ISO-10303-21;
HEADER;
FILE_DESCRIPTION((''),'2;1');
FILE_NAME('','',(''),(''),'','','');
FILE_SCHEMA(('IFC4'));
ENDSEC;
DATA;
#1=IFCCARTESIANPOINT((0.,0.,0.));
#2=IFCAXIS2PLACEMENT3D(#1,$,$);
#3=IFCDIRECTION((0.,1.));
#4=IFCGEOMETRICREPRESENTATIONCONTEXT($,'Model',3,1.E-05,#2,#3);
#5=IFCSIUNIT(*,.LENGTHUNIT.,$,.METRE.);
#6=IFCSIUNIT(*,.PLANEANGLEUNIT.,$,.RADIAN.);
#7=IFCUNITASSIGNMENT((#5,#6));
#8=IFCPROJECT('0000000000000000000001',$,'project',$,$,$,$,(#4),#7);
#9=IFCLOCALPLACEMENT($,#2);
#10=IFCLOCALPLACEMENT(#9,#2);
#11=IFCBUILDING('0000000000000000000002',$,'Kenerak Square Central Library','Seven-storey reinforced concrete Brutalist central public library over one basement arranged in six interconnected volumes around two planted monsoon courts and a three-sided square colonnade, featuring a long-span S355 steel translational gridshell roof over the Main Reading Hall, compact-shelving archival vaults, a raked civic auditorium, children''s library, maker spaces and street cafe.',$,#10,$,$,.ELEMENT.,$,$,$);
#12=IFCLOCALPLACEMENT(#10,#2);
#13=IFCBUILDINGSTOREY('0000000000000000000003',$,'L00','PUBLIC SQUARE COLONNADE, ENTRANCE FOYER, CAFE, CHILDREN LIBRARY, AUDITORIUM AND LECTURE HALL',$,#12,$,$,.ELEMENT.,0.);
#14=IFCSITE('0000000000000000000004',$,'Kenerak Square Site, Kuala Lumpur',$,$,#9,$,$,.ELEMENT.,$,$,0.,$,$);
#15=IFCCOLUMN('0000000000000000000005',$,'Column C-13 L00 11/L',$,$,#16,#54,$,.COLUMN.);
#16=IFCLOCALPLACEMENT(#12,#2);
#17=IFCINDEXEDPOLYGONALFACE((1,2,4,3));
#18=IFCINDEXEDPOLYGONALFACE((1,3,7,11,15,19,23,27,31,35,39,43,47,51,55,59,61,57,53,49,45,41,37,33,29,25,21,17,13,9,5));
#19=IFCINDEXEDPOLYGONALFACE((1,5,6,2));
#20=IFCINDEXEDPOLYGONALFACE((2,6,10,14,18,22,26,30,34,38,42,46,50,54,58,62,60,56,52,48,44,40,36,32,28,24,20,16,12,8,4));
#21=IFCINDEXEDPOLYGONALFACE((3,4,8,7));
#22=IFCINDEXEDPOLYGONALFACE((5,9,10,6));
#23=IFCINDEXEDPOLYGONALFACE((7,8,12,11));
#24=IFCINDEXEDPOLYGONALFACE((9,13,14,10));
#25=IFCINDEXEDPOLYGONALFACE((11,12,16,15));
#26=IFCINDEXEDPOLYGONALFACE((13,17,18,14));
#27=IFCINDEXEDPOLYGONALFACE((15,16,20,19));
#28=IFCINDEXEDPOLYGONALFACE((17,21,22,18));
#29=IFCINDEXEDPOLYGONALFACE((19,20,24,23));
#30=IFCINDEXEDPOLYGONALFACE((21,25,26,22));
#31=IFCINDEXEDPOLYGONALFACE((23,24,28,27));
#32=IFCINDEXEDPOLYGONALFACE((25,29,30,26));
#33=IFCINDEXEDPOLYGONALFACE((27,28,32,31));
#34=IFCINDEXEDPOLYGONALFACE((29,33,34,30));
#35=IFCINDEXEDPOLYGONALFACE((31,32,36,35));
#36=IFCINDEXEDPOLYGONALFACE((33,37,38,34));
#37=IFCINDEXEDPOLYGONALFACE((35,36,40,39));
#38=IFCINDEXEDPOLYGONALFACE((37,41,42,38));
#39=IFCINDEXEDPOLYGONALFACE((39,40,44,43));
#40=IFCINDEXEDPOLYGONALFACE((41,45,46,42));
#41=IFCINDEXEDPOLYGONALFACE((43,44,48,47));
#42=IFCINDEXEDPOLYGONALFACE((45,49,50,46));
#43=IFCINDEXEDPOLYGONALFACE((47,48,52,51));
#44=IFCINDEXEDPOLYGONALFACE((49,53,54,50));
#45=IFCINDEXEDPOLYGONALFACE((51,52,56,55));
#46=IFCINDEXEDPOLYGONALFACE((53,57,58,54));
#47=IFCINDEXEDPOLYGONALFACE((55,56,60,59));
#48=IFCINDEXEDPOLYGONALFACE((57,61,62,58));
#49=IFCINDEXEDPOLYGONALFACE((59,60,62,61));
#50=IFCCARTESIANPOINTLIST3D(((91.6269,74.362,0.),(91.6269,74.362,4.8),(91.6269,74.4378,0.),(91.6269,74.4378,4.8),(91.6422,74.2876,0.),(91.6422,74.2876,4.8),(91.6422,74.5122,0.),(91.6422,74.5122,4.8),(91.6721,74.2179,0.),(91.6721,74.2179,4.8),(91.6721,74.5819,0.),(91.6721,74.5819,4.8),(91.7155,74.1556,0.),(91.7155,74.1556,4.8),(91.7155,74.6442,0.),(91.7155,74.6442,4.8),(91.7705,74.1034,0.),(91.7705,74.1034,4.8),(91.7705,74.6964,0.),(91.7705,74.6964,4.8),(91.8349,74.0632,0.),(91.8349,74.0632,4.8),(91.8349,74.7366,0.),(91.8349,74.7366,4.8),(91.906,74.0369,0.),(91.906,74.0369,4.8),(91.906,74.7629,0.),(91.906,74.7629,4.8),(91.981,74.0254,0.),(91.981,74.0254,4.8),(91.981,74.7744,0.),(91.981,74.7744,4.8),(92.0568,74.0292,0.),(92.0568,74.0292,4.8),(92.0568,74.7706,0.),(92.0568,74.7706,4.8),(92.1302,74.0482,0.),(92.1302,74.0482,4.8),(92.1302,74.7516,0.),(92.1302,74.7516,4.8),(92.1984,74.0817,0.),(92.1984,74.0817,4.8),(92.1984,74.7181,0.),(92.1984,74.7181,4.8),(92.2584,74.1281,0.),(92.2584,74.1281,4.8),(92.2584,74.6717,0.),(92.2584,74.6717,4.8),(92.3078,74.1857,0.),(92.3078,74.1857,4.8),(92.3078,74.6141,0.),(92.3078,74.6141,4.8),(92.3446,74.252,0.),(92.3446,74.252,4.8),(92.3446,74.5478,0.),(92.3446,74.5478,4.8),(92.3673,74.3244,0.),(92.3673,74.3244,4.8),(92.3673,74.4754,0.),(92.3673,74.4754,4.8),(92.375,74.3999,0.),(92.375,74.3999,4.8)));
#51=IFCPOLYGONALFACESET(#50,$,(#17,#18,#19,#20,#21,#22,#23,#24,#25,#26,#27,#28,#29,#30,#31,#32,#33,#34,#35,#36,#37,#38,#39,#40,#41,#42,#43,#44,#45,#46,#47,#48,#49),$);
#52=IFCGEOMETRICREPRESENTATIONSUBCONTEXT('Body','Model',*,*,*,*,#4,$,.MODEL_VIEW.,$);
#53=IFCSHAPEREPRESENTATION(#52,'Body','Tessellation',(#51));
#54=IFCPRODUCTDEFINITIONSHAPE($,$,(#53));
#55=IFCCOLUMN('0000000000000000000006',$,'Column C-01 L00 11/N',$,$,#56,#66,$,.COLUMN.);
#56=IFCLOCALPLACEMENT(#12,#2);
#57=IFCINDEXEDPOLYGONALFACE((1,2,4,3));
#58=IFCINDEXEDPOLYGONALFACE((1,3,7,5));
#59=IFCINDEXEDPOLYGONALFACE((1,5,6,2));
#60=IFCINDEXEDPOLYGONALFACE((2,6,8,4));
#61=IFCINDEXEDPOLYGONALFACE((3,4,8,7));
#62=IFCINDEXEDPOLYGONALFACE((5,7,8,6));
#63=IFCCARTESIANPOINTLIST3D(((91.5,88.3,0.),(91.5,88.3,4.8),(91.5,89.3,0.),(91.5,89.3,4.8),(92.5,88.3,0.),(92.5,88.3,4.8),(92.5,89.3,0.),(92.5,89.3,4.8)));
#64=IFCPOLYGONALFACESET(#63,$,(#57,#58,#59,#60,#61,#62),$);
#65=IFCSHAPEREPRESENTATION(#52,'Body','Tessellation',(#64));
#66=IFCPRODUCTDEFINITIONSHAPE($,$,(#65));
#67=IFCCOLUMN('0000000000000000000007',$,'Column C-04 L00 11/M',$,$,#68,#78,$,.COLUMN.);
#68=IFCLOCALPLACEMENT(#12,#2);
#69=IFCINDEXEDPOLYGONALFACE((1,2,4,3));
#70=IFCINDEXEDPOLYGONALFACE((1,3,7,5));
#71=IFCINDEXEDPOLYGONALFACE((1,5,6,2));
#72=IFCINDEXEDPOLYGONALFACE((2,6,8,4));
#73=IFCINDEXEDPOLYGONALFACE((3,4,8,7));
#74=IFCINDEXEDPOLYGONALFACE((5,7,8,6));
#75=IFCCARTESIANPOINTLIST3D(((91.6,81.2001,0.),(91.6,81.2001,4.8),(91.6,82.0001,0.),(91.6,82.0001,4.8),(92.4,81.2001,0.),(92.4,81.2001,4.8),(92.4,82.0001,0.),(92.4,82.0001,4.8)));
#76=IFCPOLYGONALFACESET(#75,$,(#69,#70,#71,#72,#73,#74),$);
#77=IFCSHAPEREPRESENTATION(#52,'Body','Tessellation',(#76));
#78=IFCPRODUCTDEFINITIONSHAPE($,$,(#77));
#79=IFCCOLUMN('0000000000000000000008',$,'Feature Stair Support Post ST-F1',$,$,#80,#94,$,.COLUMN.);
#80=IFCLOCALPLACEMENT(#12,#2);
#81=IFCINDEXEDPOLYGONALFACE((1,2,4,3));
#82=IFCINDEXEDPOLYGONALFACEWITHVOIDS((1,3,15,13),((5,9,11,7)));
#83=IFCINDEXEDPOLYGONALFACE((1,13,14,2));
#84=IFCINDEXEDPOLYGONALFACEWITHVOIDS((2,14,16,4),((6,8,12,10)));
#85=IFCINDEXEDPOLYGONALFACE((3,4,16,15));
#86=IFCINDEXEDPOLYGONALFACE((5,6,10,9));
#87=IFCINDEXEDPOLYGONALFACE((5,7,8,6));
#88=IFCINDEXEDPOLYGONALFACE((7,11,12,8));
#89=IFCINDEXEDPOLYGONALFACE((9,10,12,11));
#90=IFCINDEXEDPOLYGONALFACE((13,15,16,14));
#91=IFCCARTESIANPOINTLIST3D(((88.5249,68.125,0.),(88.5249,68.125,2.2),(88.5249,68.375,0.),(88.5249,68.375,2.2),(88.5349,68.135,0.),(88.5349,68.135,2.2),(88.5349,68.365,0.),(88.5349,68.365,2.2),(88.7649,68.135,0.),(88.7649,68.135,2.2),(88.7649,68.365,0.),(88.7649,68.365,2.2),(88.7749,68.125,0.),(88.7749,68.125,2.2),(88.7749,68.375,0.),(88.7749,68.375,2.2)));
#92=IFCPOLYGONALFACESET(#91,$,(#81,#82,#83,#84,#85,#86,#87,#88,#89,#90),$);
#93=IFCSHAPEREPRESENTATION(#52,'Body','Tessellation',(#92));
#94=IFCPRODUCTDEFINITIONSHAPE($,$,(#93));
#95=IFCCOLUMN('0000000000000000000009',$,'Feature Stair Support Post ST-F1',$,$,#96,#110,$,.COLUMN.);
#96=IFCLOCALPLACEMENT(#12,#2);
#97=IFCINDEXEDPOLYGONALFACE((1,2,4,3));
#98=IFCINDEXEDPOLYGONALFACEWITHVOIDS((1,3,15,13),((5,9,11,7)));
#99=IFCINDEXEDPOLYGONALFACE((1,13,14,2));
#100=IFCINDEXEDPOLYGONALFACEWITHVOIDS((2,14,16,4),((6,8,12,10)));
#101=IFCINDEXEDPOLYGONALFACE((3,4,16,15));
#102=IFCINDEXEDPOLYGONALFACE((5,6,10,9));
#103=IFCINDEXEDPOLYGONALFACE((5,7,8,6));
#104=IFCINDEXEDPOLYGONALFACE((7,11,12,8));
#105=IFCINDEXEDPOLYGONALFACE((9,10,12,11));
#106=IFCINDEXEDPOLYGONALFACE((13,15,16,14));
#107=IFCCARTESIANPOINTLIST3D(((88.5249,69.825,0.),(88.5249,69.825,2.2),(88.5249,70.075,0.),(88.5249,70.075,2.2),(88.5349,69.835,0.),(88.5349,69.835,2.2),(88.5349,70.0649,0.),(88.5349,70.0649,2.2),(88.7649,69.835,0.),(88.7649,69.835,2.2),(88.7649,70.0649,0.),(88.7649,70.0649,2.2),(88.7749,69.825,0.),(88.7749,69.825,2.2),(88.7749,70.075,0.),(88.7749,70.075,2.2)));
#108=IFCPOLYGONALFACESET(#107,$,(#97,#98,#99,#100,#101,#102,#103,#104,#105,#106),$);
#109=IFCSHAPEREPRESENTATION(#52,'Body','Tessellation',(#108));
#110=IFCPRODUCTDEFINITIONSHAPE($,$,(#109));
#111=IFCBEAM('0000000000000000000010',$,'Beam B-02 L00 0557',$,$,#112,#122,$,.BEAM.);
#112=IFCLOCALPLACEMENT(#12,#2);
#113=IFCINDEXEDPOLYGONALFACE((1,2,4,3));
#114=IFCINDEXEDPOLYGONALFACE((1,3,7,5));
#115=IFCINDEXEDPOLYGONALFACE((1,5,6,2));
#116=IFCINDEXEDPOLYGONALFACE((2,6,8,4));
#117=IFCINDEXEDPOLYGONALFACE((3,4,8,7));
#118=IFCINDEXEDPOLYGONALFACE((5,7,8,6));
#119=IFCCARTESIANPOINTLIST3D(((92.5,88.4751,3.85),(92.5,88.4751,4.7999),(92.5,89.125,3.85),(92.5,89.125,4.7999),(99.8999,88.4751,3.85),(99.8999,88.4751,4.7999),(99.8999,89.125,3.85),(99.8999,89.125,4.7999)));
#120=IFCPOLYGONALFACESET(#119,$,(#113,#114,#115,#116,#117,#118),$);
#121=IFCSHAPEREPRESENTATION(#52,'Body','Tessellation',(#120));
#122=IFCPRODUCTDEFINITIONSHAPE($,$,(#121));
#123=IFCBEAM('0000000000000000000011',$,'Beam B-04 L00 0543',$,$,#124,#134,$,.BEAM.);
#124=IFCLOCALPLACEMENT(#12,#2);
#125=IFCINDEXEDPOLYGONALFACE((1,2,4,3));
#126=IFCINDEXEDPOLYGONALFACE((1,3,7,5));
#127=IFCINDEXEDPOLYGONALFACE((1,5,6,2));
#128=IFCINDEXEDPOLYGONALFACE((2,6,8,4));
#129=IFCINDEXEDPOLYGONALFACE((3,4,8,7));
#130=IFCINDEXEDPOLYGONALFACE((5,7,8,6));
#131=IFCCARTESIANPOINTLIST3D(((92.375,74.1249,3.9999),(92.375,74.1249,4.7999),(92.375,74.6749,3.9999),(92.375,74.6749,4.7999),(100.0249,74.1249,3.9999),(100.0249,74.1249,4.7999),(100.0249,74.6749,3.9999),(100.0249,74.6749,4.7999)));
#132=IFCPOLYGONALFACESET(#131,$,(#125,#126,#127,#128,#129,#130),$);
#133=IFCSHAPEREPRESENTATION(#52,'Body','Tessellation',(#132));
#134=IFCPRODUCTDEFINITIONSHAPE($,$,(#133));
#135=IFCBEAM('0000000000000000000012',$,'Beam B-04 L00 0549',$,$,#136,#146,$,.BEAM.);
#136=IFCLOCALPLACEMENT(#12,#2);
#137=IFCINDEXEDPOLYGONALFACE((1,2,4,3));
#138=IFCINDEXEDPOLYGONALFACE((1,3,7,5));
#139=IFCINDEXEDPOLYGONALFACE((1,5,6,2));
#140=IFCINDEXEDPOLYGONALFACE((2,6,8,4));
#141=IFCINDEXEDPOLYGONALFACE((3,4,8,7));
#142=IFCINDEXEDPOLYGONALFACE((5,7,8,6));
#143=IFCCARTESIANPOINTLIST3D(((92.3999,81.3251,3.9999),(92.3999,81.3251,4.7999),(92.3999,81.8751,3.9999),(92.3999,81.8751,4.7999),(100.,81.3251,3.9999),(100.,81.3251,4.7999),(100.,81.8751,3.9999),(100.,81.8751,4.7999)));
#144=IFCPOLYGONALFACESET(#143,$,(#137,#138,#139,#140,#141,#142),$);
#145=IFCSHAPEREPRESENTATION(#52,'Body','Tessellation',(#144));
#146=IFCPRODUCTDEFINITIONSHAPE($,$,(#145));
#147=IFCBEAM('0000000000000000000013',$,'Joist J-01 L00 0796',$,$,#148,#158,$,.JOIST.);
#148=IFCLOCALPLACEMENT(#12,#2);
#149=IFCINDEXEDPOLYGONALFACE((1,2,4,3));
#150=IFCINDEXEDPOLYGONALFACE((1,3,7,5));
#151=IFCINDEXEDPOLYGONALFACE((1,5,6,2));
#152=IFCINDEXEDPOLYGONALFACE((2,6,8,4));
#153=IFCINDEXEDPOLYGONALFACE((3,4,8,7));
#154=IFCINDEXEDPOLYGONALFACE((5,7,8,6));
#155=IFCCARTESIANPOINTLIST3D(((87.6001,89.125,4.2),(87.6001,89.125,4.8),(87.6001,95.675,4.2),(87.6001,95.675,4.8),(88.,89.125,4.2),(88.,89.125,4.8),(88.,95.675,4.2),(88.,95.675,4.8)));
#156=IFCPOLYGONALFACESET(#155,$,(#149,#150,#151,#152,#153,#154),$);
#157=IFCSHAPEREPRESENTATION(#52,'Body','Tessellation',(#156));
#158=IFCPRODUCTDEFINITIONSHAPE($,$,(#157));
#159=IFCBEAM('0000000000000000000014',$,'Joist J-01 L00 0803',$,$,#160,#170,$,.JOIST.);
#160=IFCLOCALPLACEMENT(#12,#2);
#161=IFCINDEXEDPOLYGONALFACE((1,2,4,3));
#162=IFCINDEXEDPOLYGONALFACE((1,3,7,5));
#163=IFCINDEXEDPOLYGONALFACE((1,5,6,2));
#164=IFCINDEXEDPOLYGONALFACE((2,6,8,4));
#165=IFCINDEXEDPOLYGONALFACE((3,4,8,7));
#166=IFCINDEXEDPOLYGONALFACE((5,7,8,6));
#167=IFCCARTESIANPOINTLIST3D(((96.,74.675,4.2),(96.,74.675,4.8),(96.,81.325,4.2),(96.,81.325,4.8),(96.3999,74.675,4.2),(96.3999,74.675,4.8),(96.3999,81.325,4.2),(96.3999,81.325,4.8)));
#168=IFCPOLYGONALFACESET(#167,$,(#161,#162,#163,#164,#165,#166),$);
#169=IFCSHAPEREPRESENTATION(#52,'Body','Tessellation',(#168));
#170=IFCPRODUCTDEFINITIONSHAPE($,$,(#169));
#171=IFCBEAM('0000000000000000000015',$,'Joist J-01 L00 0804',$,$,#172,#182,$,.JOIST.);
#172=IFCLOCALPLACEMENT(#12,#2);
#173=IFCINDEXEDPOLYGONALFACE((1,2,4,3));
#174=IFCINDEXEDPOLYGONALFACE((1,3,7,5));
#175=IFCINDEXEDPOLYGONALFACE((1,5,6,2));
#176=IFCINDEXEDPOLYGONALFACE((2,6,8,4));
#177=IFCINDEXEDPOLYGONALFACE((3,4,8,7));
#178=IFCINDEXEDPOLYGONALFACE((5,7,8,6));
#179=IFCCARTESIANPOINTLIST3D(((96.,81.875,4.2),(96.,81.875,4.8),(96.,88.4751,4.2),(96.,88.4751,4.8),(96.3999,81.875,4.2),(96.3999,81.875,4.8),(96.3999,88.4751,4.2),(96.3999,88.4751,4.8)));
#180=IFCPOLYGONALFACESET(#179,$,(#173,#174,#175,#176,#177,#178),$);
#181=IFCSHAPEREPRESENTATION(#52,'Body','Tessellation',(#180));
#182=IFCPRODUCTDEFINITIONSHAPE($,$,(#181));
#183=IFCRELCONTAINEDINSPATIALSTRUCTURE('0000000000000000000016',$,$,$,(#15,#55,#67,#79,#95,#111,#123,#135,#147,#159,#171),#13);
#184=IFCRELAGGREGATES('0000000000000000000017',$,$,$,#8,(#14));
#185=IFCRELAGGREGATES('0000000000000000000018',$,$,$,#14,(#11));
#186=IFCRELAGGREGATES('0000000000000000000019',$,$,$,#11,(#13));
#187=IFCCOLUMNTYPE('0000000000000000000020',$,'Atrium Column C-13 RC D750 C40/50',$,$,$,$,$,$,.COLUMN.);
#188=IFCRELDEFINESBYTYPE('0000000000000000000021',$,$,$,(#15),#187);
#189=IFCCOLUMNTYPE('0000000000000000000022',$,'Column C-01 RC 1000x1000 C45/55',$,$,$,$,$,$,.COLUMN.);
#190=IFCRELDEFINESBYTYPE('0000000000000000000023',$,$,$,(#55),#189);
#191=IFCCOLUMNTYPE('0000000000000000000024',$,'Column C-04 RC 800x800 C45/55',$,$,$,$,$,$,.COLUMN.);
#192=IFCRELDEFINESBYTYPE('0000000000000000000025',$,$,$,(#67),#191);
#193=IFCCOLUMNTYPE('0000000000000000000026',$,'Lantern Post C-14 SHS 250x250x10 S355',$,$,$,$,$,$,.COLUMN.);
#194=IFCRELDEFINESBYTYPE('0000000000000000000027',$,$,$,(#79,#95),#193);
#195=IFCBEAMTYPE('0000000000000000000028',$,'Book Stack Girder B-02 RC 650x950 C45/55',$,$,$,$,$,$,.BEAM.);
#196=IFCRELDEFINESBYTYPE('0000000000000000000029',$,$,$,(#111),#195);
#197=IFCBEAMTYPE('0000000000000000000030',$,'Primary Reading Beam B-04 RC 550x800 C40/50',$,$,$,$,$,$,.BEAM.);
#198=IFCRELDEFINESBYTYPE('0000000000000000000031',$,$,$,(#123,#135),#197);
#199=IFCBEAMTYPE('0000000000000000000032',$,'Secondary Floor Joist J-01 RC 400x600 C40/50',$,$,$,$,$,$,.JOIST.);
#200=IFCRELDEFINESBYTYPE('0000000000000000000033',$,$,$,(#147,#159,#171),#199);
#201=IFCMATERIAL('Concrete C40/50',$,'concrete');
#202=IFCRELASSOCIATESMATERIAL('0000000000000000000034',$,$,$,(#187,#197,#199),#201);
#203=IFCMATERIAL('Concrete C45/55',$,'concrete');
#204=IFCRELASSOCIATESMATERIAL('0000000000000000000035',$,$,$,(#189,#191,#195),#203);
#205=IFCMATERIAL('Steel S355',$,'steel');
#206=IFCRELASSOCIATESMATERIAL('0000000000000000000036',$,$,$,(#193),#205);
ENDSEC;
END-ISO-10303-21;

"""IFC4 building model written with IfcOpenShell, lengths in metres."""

from ifc_helpers import new_model, si_unit, direction, frame, origin, origin_2d, place, context, subcontext, project, spatial, rectangle, hollow_rectangle, circle, extrude, material, material_profile, profile_set, type_object, element, save


model = new_model("IFC4")

# Units and contexts
model_context = context("Model", 3, precision=1e-05, world=origin(), true_north=direction((0.0, 1.0)))
body_context = subcontext(model_context, "Body", "Model", "MODEL_VIEW")
ifc_project = project(units=[si_unit("LENGTHUNIT", "METRE"), si_unit("PLANEANGLEUNIT", "RADIAN")], contexts=[model_context])

# Site, building, storey
site_placement = place(None, origin())
site = spatial("IfcSite", under=ifc_project, at=site_placement, Name="Kenerak Square Site, Kuala Lumpur", CompositionType="ELEMENT", RefElevation=0.0)
building_placement = place(site_placement, origin())
building = spatial("IfcBuilding", under=site, at=building_placement, Name="Kenerak Square Central Library", Description="Seven-storey reinforced concrete Brutalist central public library over one basement arranged in six interconnected volumes around two planted monsoon courts and a three-sided square colonnade, featuring a long-span S355 steel translational gridshell roof over the Main Reading Hall, compact-shelving archival vaults, a raked civic auditorium, children's library, maker spaces and street cafe.", CompositionType="ELEMENT")
storey_placement = place(building_placement, origin())
storey = spatial("IfcBuildingStorey", under=building, at=storey_placement, Name="L00", Description="PUBLIC SQUARE COLONNADE, ENTRANCE FOYER, CAFE, CHILDREN LIBRARY, AUDITORIUM AND LECTURE HALL", CompositionType="ELEMENT", Elevation=0.0)

# Columns
ifc_material_1 = material(Name="Concrete C40/50", Category="concrete")
ifc_material_profile_1 = material_profile(ifc_material_1, circle(Radius=0.375, at=origin_2d()), Name="RC D750")
ifc_profile_set_1 = profile_set([ifc_material_profile_1], Name="Concrete C40/50")
column_type_1 = type_object("IfcColumnType", Name="Atrium Column C-13 RC D750 C40/50", PredefinedType="COLUMN", material=ifc_profile_set_1)
column_1_placement = place(storey_placement, frame((92.0, 74.3999, 0.0), z_axis=(0.0, 0.0, 1.0), x_axis=(1.0, 0.0, 0.0)))
element("IfcColumn", 1, at=column_1_placement, inside=storey, type_object=column_type_1, Name="Column C-13 L00 11/L", PredefinedType="COLUMN", context=body_context, shape_type="SweptSolid", body=[
    extrude(circle(Radius=0.375, at=origin_2d()), origin(), (0.0, 0.0, 1.0), 4.8),
])
ifc_material_2 = material(Name="Concrete C45/55", Category="concrete")
ifc_material_profile_2 = material_profile(ifc_material_2, rectangle(XDim=1.0, YDim=1.0, at=origin_2d()), Name="RC 1000x1000")
ifc_profile_set_2 = profile_set([ifc_material_profile_2], Name="Concrete C45/55")
column_type_2 = type_object("IfcColumnType", Name="Column C-01 RC 1000x1000 C45/55", PredefinedType="COLUMN", material=ifc_profile_set_2)
column_2_placement = place(storey_placement, frame((92.0, 88.8, 0.0), z_axis=(0.0, 0.0, 1.0), x_axis=(1.0, 0.0, 0.0)))
element("IfcColumn", 2, at=column_2_placement, inside=storey, type_object=column_type_2, Name="Column C-01 L00 11/N", PredefinedType="COLUMN", context=body_context, shape_type="SweptSolid", body=[
    extrude(rectangle(XDim=1.0, YDim=1.0, at=origin_2d()), origin(), (0.0, 0.0, 1.0), 4.8),
])
ifc_material_profile_3 = material_profile(ifc_material_2, rectangle(XDim=0.8, YDim=0.8, at=origin_2d()), Name="RC 800x800")
ifc_profile_set_3 = profile_set([ifc_material_profile_3], Name="Concrete C45/55")
column_type_3 = type_object("IfcColumnType", Name="Column C-04 RC 800x800 C45/55", PredefinedType="COLUMN", material=ifc_profile_set_3)
column_3_placement = place(storey_placement, frame((92.0, 81.6001, 0.0), z_axis=(0.0, 0.0, 1.0), x_axis=(1.0, 0.0, 0.0)))
element("IfcColumn", 3, at=column_3_placement, inside=storey, type_object=column_type_3, Name="Column C-04 L00 11/M", PredefinedType="COLUMN", context=body_context, shape_type="SweptSolid", body=[
    extrude(rectangle(XDim=0.8, YDim=0.8, at=origin_2d()), origin(), (0.0, 0.0, 1.0), 4.8),
])
ifc_material_3 = material(Name="Steel S355", Category="steel")
ifc_material_profile_4 = material_profile(ifc_material_3, hollow_rectangle(XDim=0.25, YDim=0.25, WallThickness=0.01, at=origin_2d()), Name="SHS 250x250x10.0")
ifc_profile_set_4 = profile_set([ifc_material_profile_4], Name="Steel S355")
column_type_4 = type_object("IfcColumnType", Name="Lantern Post C-14 SHS 250x250x10 S355", PredefinedType="COLUMN", material=ifc_profile_set_4)
for number, where, z_axis, x_axis, name in (
    (4, (88.6499, 68.25, 0.0), (0.0, 0.0, 1.0), (1.0, 0.0, 0.0), "Feature Stair Support Post ST-F1"),
    (5, (88.6499, 69.95, 0.0), (0.0, 0.0, 1.0), (1.0, 0.0, 0.0), "Feature Stair Support Post ST-F1"),
):
    element("IfcColumn", number, at=place(storey_placement, frame(where, z_axis=z_axis, x_axis=x_axis)), inside=storey, type_object=column_type_4, Name=name, PredefinedType="COLUMN", context=body_context, shape_type="SweptSolid", body=[
        extrude(hollow_rectangle(XDim=0.25, YDim=0.25, WallThickness=0.01, at=origin_2d()), origin(), (0.0, 0.0, 1.0), 2.2),
    ])

# Beams
ifc_material_profile_5 = material_profile(ifc_material_2, rectangle(XDim=0.6499, YDim=0.95, at=origin_2d()), Name="RC 650x950")
ifc_profile_set_5 = profile_set([ifc_material_profile_5], Name="Concrete C45/55")
beam_type_1 = type_object("IfcBeamType", Name="Book Stack Girder B-02 RC 650x950 C45/55", PredefinedType="BEAM", material=ifc_profile_set_5)
beam_1_placement = place(storey_placement, frame((92.5, 88.8, 4.325), z_axis=(1.0, 0.0, 0.0), x_axis=(0.0, 1.0, 0.0)))
element("IfcBeam", 6, at=beam_1_placement, inside=storey, type_object=beam_type_1, Name="Beam B-02 L00 0557", PredefinedType="BEAM", context=body_context, shape_type="SweptSolid", body=[
    extrude(rectangle(XDim=0.6499, YDim=0.95, at=origin_2d()), origin(), (0.0, 0.0, 1.0), 7.3999),
])
ifc_material_profile_6 = material_profile(ifc_material_1, rectangle(XDim=0.55, YDim=0.8, at=origin_2d()), Name="RC 550x800")
ifc_profile_set_6 = profile_set([ifc_material_profile_6], Name="Concrete C40/50")
beam_type_2 = type_object("IfcBeamType", Name="Primary Reading Beam B-04 RC 550x800 C40/50", PredefinedType="BEAM", material=ifc_profile_set_6)
beam_2_placement = place(storey_placement, frame((92.375, 74.3999, 4.3999), z_axis=(1.0, 0.0, 0.0), x_axis=(0.0, 1.0, 0.0)))
element("IfcBeam", 7, at=beam_2_placement, inside=storey, type_object=beam_type_2, Name="Beam B-04 L00 0543", PredefinedType="BEAM", context=body_context, shape_type="SweptSolid", body=[
    extrude(rectangle(XDim=0.55, YDim=0.8, at=origin_2d()), origin(), (0.0, 0.0, 1.0), 7.6499),
])
beam_3_placement = place(storey_placement, frame((92.3999, 81.6001, 4.3999), z_axis=(1.0, 0.0, 0.0), x_axis=(0.0, 1.0, 0.0)))
element("IfcBeam", 8, at=beam_3_placement, inside=storey, type_object=beam_type_2, Name="Beam B-04 L00 0549", PredefinedType="BEAM", context=body_context, shape_type="SweptSolid", body=[
    extrude(rectangle(XDim=0.55, YDim=0.8, at=origin_2d()), origin(), (0.0, 0.0, 1.0), 7.6001),
])
ifc_material_profile_7 = material_profile(ifc_material_1, rectangle(XDim=0.3999, YDim=0.6001, at=origin_2d()), Name="RC 400x600")
ifc_profile_set_7 = profile_set([ifc_material_profile_7], Name="Concrete C40/50")
beam_type_3 = type_object("IfcBeamType", Name="Secondary Floor Joist J-01 RC 400x600 C40/50", PredefinedType="JOIST", material=ifc_profile_set_7)
beam_4_placement = place(storey_placement, frame((87.8, 89.125, 4.5), z_axis=(0.0, 1.0, 0.0), x_axis=(-1.0, 0.0, 0.0)))
element("IfcBeam", 9, at=beam_4_placement, inside=storey, type_object=beam_type_3, Name="Joist J-01 L00 0796", PredefinedType="JOIST", context=body_context, shape_type="SweptSolid", body=[
    extrude(rectangle(XDim=0.3999, YDim=0.6001, at=origin_2d()), origin(), (0.0, 0.0, 1.0), 6.55),
])
beam_5_placement = place(storey_placement, frame((96.2, 74.675, 4.5), z_axis=(0.0, 1.0, 0.0), x_axis=(-1.0, 0.0, 0.0)))
element("IfcBeam", 10, at=beam_5_placement, inside=storey, type_object=beam_type_3, Name="Joist J-01 L00 0803", PredefinedType="JOIST", context=body_context, shape_type="SweptSolid", body=[
    extrude(rectangle(XDim=0.3999, YDim=0.6001, at=origin_2d()), origin(), (0.0, 0.0, 1.0), 6.6499),
])
beam_6_placement = place(storey_placement, frame((96.2, 81.875, 4.5), z_axis=(0.0, 1.0, 0.0), x_axis=(-1.0, 0.0, 0.0)))
element("IfcBeam", 11, at=beam_6_placement, inside=storey, type_object=beam_type_3, Name="Joist J-01 L00 0804", PredefinedType="JOIST", context=body_context, shape_type="SweptSolid", body=[
    extrude(rectangle(XDim=0.3999, YDim=0.6001, at=origin_2d()), origin(), (0.0, 0.0, 1.0), 6.6001),
])

save(model, "model.ifc")
